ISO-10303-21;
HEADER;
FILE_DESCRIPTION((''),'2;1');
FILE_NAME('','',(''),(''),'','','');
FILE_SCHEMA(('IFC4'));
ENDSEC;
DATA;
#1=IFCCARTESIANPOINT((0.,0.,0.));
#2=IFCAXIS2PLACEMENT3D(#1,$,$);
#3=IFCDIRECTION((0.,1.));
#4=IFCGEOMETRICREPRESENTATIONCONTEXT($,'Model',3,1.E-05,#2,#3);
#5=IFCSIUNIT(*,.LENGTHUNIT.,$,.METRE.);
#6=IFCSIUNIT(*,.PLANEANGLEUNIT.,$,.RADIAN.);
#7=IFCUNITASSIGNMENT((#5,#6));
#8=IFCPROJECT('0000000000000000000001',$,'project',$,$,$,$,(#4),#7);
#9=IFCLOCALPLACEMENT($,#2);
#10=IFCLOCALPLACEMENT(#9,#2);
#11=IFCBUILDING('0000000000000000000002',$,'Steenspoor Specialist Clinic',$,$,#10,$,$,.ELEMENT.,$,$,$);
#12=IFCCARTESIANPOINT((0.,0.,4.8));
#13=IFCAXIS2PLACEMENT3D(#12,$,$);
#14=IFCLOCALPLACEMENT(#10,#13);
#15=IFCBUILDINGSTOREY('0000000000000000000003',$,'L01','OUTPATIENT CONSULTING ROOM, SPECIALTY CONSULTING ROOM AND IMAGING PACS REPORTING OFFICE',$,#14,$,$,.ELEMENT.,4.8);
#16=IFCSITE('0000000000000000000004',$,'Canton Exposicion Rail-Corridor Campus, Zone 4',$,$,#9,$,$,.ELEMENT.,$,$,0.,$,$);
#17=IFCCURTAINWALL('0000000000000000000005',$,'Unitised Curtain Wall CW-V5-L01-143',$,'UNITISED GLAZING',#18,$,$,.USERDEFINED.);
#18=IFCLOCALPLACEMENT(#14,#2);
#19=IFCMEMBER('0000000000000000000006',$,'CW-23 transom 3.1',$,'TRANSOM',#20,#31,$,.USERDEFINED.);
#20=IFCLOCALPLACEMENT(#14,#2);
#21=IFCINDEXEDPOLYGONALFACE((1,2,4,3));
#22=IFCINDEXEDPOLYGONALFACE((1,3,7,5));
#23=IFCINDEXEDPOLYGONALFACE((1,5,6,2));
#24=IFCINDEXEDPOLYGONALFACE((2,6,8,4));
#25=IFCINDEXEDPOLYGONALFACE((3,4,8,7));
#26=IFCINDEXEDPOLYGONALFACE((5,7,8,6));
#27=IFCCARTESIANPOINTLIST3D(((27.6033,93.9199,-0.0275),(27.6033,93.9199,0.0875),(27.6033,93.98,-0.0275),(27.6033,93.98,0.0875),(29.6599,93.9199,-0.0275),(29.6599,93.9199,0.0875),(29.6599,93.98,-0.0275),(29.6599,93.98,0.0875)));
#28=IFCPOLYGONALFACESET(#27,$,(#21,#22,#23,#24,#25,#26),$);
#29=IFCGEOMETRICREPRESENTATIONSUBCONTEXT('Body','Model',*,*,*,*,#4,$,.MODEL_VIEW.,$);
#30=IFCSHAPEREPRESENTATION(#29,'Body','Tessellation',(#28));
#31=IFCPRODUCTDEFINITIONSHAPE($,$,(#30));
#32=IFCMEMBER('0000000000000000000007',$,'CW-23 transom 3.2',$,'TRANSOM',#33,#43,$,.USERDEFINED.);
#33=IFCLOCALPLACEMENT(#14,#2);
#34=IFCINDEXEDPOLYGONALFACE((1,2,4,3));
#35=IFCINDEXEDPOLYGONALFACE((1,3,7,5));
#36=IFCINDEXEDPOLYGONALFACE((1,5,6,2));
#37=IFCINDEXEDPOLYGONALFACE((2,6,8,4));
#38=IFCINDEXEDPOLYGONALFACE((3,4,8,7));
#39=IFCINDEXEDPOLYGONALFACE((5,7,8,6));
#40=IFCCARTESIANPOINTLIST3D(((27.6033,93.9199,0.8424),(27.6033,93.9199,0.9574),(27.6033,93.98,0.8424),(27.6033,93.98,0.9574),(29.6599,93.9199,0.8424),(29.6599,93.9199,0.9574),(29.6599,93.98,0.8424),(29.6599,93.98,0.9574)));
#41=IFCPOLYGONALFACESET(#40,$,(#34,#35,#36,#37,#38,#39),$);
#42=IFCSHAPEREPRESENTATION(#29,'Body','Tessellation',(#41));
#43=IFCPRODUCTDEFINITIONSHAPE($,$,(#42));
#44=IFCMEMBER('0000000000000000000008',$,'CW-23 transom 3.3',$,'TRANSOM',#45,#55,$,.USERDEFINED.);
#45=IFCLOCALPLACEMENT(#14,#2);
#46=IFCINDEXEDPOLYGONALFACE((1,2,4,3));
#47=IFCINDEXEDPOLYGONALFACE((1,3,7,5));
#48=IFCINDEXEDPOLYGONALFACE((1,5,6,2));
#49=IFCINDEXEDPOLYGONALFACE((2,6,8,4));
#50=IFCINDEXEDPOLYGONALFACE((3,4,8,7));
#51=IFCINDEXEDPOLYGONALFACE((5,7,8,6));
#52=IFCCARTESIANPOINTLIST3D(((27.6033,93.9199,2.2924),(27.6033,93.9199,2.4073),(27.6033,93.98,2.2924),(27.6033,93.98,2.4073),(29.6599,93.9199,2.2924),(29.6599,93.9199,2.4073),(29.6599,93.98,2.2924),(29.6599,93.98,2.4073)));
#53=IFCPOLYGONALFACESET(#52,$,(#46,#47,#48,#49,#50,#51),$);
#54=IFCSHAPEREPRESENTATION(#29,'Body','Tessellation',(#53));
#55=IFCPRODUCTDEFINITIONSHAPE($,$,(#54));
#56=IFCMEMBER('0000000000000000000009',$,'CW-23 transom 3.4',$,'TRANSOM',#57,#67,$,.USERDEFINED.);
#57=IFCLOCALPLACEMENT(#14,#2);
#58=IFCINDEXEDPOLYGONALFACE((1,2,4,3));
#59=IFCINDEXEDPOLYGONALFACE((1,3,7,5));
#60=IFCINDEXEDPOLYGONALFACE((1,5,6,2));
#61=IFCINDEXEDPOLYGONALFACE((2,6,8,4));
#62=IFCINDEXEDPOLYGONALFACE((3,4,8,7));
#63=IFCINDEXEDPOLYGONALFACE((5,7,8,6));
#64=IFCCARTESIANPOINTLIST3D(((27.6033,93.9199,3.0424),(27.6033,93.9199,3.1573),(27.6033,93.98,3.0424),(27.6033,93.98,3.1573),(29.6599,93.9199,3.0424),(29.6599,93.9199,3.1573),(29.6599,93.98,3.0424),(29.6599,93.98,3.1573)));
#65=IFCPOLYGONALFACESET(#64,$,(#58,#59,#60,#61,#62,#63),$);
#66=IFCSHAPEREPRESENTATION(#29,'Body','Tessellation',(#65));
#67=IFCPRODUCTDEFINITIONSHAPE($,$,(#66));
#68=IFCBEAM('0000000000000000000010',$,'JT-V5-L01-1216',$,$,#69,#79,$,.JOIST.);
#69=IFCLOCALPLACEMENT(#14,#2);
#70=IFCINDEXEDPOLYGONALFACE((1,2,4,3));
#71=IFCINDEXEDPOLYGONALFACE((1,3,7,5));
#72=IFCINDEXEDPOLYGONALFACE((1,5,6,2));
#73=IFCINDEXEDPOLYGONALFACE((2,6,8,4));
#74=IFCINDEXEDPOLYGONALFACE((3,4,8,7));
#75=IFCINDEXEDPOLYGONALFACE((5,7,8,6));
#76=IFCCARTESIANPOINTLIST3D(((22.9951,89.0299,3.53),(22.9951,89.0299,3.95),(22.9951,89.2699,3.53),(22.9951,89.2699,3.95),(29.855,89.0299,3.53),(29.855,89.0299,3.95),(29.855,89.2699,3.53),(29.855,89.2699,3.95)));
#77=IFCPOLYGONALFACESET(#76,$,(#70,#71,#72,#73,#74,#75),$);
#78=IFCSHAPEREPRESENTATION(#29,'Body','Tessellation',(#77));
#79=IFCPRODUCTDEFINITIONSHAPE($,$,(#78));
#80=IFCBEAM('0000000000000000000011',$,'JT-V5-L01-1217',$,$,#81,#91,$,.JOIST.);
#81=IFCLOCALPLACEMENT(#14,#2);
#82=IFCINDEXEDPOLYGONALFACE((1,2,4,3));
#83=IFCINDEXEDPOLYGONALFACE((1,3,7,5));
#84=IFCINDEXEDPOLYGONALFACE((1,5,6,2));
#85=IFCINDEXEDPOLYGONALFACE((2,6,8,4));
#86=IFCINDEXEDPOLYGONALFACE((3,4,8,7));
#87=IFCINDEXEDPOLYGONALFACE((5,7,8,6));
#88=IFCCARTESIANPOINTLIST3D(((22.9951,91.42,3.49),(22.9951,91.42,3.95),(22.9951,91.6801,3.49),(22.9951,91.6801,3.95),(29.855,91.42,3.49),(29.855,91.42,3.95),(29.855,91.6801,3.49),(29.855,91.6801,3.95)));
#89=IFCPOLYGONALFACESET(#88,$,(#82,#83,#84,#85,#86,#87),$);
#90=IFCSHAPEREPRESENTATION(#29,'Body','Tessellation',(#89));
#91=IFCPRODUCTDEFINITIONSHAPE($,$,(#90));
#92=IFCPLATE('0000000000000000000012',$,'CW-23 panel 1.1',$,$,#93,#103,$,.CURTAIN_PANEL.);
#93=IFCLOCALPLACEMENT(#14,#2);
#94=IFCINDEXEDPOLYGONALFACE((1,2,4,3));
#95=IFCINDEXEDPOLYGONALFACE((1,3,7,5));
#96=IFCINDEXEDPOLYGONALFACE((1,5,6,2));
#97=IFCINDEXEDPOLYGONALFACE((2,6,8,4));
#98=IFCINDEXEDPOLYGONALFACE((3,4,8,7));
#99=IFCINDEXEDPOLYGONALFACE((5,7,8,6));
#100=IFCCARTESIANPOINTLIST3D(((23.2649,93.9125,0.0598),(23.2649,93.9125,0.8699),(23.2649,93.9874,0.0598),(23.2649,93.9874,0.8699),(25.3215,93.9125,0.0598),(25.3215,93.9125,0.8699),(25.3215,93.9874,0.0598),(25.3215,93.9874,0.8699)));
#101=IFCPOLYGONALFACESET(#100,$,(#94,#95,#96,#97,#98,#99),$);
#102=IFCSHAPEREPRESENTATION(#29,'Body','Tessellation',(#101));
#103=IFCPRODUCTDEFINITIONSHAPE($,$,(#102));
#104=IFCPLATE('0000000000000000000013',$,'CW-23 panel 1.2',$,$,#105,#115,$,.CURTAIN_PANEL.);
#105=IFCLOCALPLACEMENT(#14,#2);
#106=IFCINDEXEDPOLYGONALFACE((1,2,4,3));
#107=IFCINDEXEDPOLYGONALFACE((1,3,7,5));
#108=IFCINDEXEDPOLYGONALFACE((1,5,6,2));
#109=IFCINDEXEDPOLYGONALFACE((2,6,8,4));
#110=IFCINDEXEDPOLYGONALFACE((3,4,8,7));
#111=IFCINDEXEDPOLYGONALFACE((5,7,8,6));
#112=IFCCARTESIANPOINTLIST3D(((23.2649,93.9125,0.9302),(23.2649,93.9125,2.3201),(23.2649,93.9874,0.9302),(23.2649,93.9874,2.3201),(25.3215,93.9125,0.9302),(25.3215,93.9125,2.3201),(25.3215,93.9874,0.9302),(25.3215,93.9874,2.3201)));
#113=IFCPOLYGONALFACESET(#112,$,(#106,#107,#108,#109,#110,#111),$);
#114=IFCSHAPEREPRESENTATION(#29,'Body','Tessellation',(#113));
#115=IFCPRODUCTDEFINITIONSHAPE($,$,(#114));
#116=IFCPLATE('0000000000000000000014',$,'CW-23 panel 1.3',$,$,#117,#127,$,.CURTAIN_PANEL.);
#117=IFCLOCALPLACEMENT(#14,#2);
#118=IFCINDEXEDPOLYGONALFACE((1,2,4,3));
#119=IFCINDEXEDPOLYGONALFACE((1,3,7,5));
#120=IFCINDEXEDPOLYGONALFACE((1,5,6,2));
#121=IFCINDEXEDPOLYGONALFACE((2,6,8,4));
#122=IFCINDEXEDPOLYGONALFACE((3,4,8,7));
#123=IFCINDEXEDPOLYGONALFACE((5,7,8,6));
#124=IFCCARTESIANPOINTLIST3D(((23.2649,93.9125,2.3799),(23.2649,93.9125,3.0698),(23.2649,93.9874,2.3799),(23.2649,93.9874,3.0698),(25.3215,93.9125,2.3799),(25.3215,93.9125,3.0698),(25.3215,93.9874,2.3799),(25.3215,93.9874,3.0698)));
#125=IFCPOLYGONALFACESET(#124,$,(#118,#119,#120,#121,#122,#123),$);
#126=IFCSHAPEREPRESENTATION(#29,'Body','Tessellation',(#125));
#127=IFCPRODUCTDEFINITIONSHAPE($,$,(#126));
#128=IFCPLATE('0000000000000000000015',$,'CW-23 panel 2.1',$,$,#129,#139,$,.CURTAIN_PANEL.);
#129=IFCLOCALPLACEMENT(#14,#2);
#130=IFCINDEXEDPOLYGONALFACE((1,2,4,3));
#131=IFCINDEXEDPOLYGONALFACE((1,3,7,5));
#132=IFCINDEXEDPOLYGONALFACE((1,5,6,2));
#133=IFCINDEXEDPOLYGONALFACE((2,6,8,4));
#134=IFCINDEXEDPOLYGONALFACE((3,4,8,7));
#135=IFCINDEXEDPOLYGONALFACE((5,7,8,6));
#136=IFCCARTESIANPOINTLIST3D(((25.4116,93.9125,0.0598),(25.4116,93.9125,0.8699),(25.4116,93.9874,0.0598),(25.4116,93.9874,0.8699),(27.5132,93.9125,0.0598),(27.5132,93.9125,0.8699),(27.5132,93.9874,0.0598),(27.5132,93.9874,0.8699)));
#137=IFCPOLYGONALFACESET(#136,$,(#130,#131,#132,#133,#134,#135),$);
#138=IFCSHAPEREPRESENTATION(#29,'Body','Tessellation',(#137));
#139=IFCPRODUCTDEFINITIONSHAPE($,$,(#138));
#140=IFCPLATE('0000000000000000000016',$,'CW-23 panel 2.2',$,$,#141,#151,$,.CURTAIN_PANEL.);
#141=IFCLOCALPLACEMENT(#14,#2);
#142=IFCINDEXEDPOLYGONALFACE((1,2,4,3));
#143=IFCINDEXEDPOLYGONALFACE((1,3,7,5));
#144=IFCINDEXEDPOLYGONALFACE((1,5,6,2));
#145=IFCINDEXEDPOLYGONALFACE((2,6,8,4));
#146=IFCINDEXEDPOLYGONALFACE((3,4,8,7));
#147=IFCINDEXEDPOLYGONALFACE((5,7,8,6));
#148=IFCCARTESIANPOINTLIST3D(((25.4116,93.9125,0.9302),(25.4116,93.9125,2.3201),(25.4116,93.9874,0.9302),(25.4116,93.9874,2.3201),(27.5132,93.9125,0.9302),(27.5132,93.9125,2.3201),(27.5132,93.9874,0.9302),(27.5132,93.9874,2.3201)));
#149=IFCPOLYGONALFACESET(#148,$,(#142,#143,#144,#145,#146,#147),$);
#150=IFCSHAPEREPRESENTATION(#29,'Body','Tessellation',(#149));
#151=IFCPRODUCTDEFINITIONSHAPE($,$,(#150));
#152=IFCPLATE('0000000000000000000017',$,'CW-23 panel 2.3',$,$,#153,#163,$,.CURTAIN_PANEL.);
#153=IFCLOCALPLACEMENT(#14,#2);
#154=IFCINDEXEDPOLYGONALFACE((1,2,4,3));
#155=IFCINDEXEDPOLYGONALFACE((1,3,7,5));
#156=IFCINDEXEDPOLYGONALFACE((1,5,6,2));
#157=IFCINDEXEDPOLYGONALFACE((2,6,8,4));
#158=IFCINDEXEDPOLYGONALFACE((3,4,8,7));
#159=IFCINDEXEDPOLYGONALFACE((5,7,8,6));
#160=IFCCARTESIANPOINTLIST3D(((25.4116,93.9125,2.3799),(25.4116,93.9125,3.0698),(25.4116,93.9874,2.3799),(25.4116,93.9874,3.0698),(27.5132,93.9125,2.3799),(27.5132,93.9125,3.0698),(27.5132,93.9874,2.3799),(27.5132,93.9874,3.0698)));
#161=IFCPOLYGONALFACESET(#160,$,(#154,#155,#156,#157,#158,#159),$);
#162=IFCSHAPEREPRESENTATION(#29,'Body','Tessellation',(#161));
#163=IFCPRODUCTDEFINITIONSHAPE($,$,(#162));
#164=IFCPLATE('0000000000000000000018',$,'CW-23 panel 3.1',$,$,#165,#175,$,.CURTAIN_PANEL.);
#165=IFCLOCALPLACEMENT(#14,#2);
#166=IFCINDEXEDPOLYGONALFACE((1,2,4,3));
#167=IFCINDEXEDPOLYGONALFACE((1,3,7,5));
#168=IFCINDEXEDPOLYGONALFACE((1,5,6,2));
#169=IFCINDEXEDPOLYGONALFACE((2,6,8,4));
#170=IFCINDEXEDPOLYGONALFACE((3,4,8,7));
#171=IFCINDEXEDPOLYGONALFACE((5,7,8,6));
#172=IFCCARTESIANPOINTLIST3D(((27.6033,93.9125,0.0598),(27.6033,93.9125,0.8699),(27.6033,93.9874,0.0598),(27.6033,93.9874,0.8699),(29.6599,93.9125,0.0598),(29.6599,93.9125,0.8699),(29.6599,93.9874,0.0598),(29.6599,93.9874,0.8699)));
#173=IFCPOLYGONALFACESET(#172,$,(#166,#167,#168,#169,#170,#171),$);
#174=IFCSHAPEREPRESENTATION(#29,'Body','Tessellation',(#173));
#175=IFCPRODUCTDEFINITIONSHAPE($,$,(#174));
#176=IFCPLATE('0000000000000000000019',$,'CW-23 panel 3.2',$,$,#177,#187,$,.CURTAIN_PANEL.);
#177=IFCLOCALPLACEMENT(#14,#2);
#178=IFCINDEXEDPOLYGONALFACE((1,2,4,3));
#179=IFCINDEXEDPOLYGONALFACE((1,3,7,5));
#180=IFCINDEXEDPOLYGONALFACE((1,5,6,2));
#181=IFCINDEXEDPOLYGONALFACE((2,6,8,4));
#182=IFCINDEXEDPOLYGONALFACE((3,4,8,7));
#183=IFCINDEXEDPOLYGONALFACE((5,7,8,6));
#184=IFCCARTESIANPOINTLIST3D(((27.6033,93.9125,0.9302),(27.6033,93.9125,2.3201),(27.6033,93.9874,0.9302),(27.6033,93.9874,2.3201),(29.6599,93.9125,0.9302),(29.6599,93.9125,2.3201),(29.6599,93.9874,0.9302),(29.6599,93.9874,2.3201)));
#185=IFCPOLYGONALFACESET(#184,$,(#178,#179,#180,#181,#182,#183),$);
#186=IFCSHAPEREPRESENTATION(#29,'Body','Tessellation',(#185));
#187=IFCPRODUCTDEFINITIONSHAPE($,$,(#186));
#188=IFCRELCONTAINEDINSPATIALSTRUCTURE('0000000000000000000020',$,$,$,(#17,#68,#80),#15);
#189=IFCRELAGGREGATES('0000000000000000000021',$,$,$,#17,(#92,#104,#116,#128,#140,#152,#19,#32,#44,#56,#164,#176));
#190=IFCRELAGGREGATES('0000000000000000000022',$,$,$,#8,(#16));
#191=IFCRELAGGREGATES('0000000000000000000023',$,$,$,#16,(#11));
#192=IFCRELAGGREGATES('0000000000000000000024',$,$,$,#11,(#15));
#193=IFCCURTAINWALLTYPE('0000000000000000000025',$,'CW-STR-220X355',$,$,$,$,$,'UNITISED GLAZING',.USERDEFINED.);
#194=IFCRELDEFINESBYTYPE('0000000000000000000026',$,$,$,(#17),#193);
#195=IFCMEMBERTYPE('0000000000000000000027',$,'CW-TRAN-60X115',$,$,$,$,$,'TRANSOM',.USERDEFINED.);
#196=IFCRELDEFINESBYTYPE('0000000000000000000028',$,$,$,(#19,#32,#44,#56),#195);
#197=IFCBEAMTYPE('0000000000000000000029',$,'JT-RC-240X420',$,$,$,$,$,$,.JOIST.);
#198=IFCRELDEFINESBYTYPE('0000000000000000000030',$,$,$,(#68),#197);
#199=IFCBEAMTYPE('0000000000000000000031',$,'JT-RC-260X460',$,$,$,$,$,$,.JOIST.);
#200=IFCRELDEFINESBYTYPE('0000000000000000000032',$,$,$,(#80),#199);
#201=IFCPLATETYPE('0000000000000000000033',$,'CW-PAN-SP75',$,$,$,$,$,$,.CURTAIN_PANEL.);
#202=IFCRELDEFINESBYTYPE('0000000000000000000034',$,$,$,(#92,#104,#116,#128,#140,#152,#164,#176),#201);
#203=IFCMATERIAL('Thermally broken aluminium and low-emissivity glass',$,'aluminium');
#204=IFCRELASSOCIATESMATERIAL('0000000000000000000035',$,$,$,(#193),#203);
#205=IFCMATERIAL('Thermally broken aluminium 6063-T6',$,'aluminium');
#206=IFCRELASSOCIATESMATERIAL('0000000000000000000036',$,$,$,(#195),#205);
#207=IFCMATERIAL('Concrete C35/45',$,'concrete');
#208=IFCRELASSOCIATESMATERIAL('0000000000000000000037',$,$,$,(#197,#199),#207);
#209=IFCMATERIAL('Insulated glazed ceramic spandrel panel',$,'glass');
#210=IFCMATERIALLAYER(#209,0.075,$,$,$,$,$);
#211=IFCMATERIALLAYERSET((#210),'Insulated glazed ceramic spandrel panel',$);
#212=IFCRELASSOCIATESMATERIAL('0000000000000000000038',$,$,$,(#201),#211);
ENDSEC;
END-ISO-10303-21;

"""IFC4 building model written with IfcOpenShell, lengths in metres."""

from ifc_helpers import new_model, si_unit, direction, frame, origin, origin_2d, place, context, subcontext, project, spatial, rectangle, extrude, material, layer, layer_set, material_profile, profile_set, type_object, element, aggregate, save


model = new_model("IFC4")

# Units and contexts
model_context = context("Model", 3, precision=1e-05, world=origin(), true_north=direction((0.0, 1.0)))
body_context = subcontext(model_context, "Body", "Model", "MODEL_VIEW")
ifc_project = project(units=[si_unit("LENGTHUNIT", "METRE"), si_unit("PLANEANGLEUNIT", "RADIAN")], contexts=[model_context])

# Site, building, storey
site_placement = place(None, origin())
site = spatial("IfcSite", under=ifc_project, at=site_placement, Name="Canton Exposicion Rail-Corridor Campus, Zone 4", CompositionType="ELEMENT", RefElevation=0.0)
building_placement = place(site_placement, origin())
building = spatial("IfcBuilding", under=site, at=building_placement, Name="Steenspoor Specialist Clinic", CompositionType="ELEMENT")
storey_placement = place(building_placement, frame((0.0, 0.0, 4.8)))
storey = spatial("IfcBuildingStorey", under=building, at=storey_placement, Name="L01", Description="OUTPATIENT CONSULTING ROOM, SPECIALTY CONSULTING ROOM AND IMAGING PACS REPORTING OFFICE", CompositionType="ELEMENT", Elevation=4.8)

# Shared definitions
ifc_material_1 = material(Name="Concrete C35/45", Category="concrete")

# Curtain wall, members
ifc_material_2 = material(Name="Thermally broken aluminium and low-emissivity glass", Category="aluminium")
curtain_wall_type = type_object("IfcCurtainWallType", Name="CW-STR-220X355", ElementType="UNITISED GLAZING", PredefinedType="USERDEFINED", material=ifc_material_2)
curtain_wall_placement = place(storey_placement, origin())
curtain_wall = element("IfcCurtainWall", 1, at=curtain_wall_placement, inside=storey, type_object=curtain_wall_type, Name="Unitised Curtain Wall CW-V5-L01-143", ObjectType="UNITISED GLAZING", PredefinedType="USERDEFINED")
ifc_material_3 = material(Name="Thermally broken aluminium 6063-T6", Category="aluminium")
ifc_material_profile_1 = material_profile(ifc_material_3, rectangle(XDim=0.0601, YDim=0.115, at=origin_2d()), Name="CWT-60X115")
ifc_profile_set_1 = profile_set([ifc_material_profile_1], Name="Thermally broken aluminium 6063-T6")
member_type_1 = type_object("IfcMemberType", Name="CW-TRAN-60X115", ElementType="TRANSOM", PredefinedType="USERDEFINED", material=ifc_profile_set_1)
member_1_placement = place(storey_placement, frame((27.6033, 93.95, 0.03), z_axis=(1.0, 0.0, 0.0), x_axis=(0.0, 1.0, 0.0)))
member_1 = element("IfcMember", 2, at=member_1_placement, type_object=member_type_1, Name="CW-23 transom 3.1", ObjectType="TRANSOM", PredefinedType="USERDEFINED", context=body_context, shape_type="SweptSolid", body=[
    extrude(rectangle(XDim=0.0601, YDim=0.115, at=origin_2d()), origin(), (0.0, 0.0, 1.0), 2.0566),
])
member_2_placement = place(storey_placement, frame((27.6033, 93.95, 0.8999), z_axis=(1.0, 0.0, 0.0), x_axis=(0.0, 1.0, 0.0)))
member_2 = element("IfcMember", 3, at=member_2_placement, type_object=member_type_1, Name="CW-23 transom 3.2", ObjectType="TRANSOM", PredefinedType="USERDEFINED", context=body_context, shape_type="SweptSolid", body=[
    extrude(rectangle(XDim=0.0601, YDim=0.115, at=origin_2d()), origin(), (0.0, 0.0, 1.0), 2.0566),
])
member_3_placement = place(storey_placement, frame((27.6033, 93.95, 2.3499), z_axis=(1.0, 0.0, 0.0), x_axis=(0.0, 1.0, 0.0)))
member_3 = element("IfcMember", 4, at=member_3_placement, type_object=member_type_1, Name="CW-23 transom 3.3", ObjectType="TRANSOM", PredefinedType="USERDEFINED", context=body_context, shape_type="SweptSolid", body=[
    extrude(rectangle(XDim=0.0601, YDim=0.115, at=origin_2d()), origin(), (0.0, 0.0, 1.0), 2.0566),
])
member_4_placement = place(storey_placement, frame((27.6033, 93.95, 3.0999), z_axis=(1.0, 0.0, 0.0), x_axis=(0.0, 1.0, 0.0)))
member_4 = element("IfcMember", 5, at=member_4_placement, type_object=member_type_1, Name="CW-23 transom 3.4", ObjectType="TRANSOM", PredefinedType="USERDEFINED", context=body_context, shape_type="SweptSolid", body=[
    extrude(rectangle(XDim=0.0601, YDim=0.115, at=origin_2d()), origin(), (0.0, 0.0, 1.0), 2.0566),
])

# Beams
ifc_material_profile_2 = material_profile(ifc_material_1, rectangle(XDim=0.24, YDim=0.4199, at=origin_2d()), Name="RC-JT-240X420")
ifc_profile_set_2 = profile_set([ifc_material_profile_2], Name="Concrete C35/45")
beam_type_1 = type_object("IfcBeamType", Name="JT-RC-240X420", PredefinedType="JOIST", material=ifc_profile_set_2)
beam_1_placement = place(storey_placement, frame((22.9951, 89.1499, 3.74), z_axis=(1.0, 0.0, 0.0), x_axis=(0.0, 1.0, 0.0)))
element("IfcBeam", 6, at=beam_1_placement, inside=storey, type_object=beam_type_1, Name="JT-V5-L01-1216", PredefinedType="JOIST", context=body_context, shape_type="SweptSolid", body=[
    extrude(rectangle(XDim=0.24, YDim=0.4199, at=origin_2d()), origin(), (0.0, 0.0, 1.0), 6.8599),
])
ifc_material_profile_3 = material_profile(ifc_material_1, rectangle(XDim=0.26, YDim=0.46, at=origin_2d()), Name="RC-JT-260X460")
ifc_profile_set_3 = profile_set([ifc_material_profile_3], Name="Concrete C35/45")
beam_type_2 = type_object("IfcBeamType", Name="JT-RC-260X460", PredefinedType="JOIST", material=ifc_profile_set_3)
beam_2_placement = place(storey_placement, frame((22.9951, 91.55, 3.72), z_axis=(1.0, 0.0, 0.0), x_axis=(0.0, 1.0, 0.0)))
element("IfcBeam", 7, at=beam_2_placement, inside=storey, type_object=beam_type_2, Name="JT-V5-L01-1217", PredefinedType="JOIST", context=body_context, shape_type="SweptSolid", body=[
    extrude(rectangle(XDim=0.26, YDim=0.46, at=origin_2d()), origin(), (0.0, 0.0, 1.0), 6.8599),
])

# Plates
ifc_material_4 = material(Name="Insulated glazed ceramic spandrel panel", Category="glass")
ifc_layer = layer(ifc_material_4, 0.075)
ifc_layer_set = layer_set([ifc_layer], Name="Insulated glazed ceramic spandrel panel")
plate_type = type_object("IfcPlateType", Name="CW-PAN-SP75", PredefinedType="CURTAIN_PANEL", material=ifc_layer_set)
plate_1_placement = place(storey_placement, frame((24.2932, 93.95, 0.0598), z_axis=(0.0, 0.0, 1.0), x_axis=(1.0, 0.0, 0.0)))
plate_1 = element("IfcPlate", 8, at=plate_1_placement, type_object=plate_type, Name="CW-23 panel 1.1", PredefinedType="CURTAIN_PANEL", context=body_context, shape_type="SweptSolid", body=[
    extrude(rectangle(XDim=2.0566, YDim=0.075, at=origin_2d()), origin(), (0.0, 0.0, 1.0), 0.8101),
])
plate_2_placement = place(storey_placement, frame((24.2932, 93.95, 0.9302), z_axis=(0.0, 0.0, 1.0), x_axis=(1.0, 0.0, 0.0)))
plate_2 = element("IfcPlate", 9, at=plate_2_placement, type_object=plate_type, Name="CW-23 panel 1.2", PredefinedType="CURTAIN_PANEL", context=body_context, shape_type="SweptSolid", body=[
    extrude(rectangle(XDim=2.0566, YDim=0.075, at=origin_2d()), origin(), (0.0, 0.0, 1.0), 1.3899),
])
plate_3_placement = place(storey_placement, frame((24.2932, 93.95, 2.3799), z_axis=(0.0, 0.0, 1.0), x_axis=(1.0, 0.0, 0.0)))
plate_3 = element("IfcPlate", 10, at=plate_3_placement, type_object=plate_type, Name="CW-23 panel 1.3", PredefinedType="CURTAIN_PANEL", context=body_context, shape_type="SweptSolid", body=[
    extrude(rectangle(XDim=2.0566, YDim=0.075, at=origin_2d()), origin(), (0.0, 0.0, 1.0), 0.6899),
])
plate_4_placement = place(storey_placement, frame((26.4624, 93.95, 0.0598), z_axis=(0.0, 0.0, 1.0), x_axis=(1.0, 0.0, 0.0)))
plate_4 = element("IfcPlate", 11, at=plate_4_placement, type_object=plate_type, Name="CW-23 panel 2.1", PredefinedType="CURTAIN_PANEL", context=body_context, shape_type="SweptSolid", body=[
    extrude(rectangle(XDim=2.1016, YDim=0.075, at=origin_2d()), origin(), (0.0, 0.0, 1.0), 0.8101),
])
plate_5_placement = place(storey_placement, frame((26.4624, 93.95, 0.9302), z_axis=(0.0, 0.0, 1.0), x_axis=(1.0, 0.0, 0.0)))
plate_5 = element("IfcPlate", 12, at=plate_5_placement, type_object=plate_type, Name="CW-23 panel 2.2", PredefinedType="CURTAIN_PANEL", context=body_context, shape_type="SweptSolid", body=[
    extrude(rectangle(XDim=2.1016, YDim=0.075, at=origin_2d()), origin(), (0.0, 0.0, 1.0), 1.3899),
])
plate_6_placement = place(storey_placement, frame((26.4624, 93.95, 2.3799), z_axis=(0.0, 0.0, 1.0), x_axis=(1.0, 0.0, 0.0)))
plate_6 = element("IfcPlate", 13, at=plate_6_placement, type_object=plate_type, Name="CW-23 panel 2.3", PredefinedType="CURTAIN_PANEL", context=body_context, shape_type="SweptSolid", body=[
    extrude(rectangle(XDim=2.1016, YDim=0.075, at=origin_2d()), origin(), (0.0, 0.0, 1.0), 0.6899),
])
plate_7_placement = place(storey_placement, frame((28.6316, 93.95, 0.0598), z_axis=(0.0, 0.0, 1.0), x_axis=(1.0, 0.0, 0.0)))
plate_7 = element("IfcPlate", 14, at=plate_7_placement, type_object=plate_type, Name="CW-23 panel 3.1", PredefinedType="CURTAIN_PANEL", context=body_context, shape_type="SweptSolid", body=[
    extrude(rectangle(XDim=2.0566, YDim=0.075, at=origin_2d()), origin(), (0.0, 0.0, 1.0), 0.8101),
])
plate_8_placement = place(storey_placement, frame((28.6316, 93.95, 0.9302), z_axis=(0.0, 0.0, 1.0), x_axis=(1.0, 0.0, 0.0)))
plate_8 = element("IfcPlate", 15, at=plate_8_placement, type_object=plate_type, Name="CW-23 panel 3.2", PredefinedType="CURTAIN_PANEL", context=body_context, shape_type="SweptSolid", body=[
    extrude(rectangle(XDim=2.0566, YDim=0.075, at=origin_2d()), origin(), (0.0, 0.0, 1.0), 1.3899),
])
aggregate(curtain_wall, [plate_1, plate_2, plate_3, plate_4, plate_5, plate_6, member_1, member_2, member_3, member_4, plate_7, plate_8])

save(model, "model.ifc")
